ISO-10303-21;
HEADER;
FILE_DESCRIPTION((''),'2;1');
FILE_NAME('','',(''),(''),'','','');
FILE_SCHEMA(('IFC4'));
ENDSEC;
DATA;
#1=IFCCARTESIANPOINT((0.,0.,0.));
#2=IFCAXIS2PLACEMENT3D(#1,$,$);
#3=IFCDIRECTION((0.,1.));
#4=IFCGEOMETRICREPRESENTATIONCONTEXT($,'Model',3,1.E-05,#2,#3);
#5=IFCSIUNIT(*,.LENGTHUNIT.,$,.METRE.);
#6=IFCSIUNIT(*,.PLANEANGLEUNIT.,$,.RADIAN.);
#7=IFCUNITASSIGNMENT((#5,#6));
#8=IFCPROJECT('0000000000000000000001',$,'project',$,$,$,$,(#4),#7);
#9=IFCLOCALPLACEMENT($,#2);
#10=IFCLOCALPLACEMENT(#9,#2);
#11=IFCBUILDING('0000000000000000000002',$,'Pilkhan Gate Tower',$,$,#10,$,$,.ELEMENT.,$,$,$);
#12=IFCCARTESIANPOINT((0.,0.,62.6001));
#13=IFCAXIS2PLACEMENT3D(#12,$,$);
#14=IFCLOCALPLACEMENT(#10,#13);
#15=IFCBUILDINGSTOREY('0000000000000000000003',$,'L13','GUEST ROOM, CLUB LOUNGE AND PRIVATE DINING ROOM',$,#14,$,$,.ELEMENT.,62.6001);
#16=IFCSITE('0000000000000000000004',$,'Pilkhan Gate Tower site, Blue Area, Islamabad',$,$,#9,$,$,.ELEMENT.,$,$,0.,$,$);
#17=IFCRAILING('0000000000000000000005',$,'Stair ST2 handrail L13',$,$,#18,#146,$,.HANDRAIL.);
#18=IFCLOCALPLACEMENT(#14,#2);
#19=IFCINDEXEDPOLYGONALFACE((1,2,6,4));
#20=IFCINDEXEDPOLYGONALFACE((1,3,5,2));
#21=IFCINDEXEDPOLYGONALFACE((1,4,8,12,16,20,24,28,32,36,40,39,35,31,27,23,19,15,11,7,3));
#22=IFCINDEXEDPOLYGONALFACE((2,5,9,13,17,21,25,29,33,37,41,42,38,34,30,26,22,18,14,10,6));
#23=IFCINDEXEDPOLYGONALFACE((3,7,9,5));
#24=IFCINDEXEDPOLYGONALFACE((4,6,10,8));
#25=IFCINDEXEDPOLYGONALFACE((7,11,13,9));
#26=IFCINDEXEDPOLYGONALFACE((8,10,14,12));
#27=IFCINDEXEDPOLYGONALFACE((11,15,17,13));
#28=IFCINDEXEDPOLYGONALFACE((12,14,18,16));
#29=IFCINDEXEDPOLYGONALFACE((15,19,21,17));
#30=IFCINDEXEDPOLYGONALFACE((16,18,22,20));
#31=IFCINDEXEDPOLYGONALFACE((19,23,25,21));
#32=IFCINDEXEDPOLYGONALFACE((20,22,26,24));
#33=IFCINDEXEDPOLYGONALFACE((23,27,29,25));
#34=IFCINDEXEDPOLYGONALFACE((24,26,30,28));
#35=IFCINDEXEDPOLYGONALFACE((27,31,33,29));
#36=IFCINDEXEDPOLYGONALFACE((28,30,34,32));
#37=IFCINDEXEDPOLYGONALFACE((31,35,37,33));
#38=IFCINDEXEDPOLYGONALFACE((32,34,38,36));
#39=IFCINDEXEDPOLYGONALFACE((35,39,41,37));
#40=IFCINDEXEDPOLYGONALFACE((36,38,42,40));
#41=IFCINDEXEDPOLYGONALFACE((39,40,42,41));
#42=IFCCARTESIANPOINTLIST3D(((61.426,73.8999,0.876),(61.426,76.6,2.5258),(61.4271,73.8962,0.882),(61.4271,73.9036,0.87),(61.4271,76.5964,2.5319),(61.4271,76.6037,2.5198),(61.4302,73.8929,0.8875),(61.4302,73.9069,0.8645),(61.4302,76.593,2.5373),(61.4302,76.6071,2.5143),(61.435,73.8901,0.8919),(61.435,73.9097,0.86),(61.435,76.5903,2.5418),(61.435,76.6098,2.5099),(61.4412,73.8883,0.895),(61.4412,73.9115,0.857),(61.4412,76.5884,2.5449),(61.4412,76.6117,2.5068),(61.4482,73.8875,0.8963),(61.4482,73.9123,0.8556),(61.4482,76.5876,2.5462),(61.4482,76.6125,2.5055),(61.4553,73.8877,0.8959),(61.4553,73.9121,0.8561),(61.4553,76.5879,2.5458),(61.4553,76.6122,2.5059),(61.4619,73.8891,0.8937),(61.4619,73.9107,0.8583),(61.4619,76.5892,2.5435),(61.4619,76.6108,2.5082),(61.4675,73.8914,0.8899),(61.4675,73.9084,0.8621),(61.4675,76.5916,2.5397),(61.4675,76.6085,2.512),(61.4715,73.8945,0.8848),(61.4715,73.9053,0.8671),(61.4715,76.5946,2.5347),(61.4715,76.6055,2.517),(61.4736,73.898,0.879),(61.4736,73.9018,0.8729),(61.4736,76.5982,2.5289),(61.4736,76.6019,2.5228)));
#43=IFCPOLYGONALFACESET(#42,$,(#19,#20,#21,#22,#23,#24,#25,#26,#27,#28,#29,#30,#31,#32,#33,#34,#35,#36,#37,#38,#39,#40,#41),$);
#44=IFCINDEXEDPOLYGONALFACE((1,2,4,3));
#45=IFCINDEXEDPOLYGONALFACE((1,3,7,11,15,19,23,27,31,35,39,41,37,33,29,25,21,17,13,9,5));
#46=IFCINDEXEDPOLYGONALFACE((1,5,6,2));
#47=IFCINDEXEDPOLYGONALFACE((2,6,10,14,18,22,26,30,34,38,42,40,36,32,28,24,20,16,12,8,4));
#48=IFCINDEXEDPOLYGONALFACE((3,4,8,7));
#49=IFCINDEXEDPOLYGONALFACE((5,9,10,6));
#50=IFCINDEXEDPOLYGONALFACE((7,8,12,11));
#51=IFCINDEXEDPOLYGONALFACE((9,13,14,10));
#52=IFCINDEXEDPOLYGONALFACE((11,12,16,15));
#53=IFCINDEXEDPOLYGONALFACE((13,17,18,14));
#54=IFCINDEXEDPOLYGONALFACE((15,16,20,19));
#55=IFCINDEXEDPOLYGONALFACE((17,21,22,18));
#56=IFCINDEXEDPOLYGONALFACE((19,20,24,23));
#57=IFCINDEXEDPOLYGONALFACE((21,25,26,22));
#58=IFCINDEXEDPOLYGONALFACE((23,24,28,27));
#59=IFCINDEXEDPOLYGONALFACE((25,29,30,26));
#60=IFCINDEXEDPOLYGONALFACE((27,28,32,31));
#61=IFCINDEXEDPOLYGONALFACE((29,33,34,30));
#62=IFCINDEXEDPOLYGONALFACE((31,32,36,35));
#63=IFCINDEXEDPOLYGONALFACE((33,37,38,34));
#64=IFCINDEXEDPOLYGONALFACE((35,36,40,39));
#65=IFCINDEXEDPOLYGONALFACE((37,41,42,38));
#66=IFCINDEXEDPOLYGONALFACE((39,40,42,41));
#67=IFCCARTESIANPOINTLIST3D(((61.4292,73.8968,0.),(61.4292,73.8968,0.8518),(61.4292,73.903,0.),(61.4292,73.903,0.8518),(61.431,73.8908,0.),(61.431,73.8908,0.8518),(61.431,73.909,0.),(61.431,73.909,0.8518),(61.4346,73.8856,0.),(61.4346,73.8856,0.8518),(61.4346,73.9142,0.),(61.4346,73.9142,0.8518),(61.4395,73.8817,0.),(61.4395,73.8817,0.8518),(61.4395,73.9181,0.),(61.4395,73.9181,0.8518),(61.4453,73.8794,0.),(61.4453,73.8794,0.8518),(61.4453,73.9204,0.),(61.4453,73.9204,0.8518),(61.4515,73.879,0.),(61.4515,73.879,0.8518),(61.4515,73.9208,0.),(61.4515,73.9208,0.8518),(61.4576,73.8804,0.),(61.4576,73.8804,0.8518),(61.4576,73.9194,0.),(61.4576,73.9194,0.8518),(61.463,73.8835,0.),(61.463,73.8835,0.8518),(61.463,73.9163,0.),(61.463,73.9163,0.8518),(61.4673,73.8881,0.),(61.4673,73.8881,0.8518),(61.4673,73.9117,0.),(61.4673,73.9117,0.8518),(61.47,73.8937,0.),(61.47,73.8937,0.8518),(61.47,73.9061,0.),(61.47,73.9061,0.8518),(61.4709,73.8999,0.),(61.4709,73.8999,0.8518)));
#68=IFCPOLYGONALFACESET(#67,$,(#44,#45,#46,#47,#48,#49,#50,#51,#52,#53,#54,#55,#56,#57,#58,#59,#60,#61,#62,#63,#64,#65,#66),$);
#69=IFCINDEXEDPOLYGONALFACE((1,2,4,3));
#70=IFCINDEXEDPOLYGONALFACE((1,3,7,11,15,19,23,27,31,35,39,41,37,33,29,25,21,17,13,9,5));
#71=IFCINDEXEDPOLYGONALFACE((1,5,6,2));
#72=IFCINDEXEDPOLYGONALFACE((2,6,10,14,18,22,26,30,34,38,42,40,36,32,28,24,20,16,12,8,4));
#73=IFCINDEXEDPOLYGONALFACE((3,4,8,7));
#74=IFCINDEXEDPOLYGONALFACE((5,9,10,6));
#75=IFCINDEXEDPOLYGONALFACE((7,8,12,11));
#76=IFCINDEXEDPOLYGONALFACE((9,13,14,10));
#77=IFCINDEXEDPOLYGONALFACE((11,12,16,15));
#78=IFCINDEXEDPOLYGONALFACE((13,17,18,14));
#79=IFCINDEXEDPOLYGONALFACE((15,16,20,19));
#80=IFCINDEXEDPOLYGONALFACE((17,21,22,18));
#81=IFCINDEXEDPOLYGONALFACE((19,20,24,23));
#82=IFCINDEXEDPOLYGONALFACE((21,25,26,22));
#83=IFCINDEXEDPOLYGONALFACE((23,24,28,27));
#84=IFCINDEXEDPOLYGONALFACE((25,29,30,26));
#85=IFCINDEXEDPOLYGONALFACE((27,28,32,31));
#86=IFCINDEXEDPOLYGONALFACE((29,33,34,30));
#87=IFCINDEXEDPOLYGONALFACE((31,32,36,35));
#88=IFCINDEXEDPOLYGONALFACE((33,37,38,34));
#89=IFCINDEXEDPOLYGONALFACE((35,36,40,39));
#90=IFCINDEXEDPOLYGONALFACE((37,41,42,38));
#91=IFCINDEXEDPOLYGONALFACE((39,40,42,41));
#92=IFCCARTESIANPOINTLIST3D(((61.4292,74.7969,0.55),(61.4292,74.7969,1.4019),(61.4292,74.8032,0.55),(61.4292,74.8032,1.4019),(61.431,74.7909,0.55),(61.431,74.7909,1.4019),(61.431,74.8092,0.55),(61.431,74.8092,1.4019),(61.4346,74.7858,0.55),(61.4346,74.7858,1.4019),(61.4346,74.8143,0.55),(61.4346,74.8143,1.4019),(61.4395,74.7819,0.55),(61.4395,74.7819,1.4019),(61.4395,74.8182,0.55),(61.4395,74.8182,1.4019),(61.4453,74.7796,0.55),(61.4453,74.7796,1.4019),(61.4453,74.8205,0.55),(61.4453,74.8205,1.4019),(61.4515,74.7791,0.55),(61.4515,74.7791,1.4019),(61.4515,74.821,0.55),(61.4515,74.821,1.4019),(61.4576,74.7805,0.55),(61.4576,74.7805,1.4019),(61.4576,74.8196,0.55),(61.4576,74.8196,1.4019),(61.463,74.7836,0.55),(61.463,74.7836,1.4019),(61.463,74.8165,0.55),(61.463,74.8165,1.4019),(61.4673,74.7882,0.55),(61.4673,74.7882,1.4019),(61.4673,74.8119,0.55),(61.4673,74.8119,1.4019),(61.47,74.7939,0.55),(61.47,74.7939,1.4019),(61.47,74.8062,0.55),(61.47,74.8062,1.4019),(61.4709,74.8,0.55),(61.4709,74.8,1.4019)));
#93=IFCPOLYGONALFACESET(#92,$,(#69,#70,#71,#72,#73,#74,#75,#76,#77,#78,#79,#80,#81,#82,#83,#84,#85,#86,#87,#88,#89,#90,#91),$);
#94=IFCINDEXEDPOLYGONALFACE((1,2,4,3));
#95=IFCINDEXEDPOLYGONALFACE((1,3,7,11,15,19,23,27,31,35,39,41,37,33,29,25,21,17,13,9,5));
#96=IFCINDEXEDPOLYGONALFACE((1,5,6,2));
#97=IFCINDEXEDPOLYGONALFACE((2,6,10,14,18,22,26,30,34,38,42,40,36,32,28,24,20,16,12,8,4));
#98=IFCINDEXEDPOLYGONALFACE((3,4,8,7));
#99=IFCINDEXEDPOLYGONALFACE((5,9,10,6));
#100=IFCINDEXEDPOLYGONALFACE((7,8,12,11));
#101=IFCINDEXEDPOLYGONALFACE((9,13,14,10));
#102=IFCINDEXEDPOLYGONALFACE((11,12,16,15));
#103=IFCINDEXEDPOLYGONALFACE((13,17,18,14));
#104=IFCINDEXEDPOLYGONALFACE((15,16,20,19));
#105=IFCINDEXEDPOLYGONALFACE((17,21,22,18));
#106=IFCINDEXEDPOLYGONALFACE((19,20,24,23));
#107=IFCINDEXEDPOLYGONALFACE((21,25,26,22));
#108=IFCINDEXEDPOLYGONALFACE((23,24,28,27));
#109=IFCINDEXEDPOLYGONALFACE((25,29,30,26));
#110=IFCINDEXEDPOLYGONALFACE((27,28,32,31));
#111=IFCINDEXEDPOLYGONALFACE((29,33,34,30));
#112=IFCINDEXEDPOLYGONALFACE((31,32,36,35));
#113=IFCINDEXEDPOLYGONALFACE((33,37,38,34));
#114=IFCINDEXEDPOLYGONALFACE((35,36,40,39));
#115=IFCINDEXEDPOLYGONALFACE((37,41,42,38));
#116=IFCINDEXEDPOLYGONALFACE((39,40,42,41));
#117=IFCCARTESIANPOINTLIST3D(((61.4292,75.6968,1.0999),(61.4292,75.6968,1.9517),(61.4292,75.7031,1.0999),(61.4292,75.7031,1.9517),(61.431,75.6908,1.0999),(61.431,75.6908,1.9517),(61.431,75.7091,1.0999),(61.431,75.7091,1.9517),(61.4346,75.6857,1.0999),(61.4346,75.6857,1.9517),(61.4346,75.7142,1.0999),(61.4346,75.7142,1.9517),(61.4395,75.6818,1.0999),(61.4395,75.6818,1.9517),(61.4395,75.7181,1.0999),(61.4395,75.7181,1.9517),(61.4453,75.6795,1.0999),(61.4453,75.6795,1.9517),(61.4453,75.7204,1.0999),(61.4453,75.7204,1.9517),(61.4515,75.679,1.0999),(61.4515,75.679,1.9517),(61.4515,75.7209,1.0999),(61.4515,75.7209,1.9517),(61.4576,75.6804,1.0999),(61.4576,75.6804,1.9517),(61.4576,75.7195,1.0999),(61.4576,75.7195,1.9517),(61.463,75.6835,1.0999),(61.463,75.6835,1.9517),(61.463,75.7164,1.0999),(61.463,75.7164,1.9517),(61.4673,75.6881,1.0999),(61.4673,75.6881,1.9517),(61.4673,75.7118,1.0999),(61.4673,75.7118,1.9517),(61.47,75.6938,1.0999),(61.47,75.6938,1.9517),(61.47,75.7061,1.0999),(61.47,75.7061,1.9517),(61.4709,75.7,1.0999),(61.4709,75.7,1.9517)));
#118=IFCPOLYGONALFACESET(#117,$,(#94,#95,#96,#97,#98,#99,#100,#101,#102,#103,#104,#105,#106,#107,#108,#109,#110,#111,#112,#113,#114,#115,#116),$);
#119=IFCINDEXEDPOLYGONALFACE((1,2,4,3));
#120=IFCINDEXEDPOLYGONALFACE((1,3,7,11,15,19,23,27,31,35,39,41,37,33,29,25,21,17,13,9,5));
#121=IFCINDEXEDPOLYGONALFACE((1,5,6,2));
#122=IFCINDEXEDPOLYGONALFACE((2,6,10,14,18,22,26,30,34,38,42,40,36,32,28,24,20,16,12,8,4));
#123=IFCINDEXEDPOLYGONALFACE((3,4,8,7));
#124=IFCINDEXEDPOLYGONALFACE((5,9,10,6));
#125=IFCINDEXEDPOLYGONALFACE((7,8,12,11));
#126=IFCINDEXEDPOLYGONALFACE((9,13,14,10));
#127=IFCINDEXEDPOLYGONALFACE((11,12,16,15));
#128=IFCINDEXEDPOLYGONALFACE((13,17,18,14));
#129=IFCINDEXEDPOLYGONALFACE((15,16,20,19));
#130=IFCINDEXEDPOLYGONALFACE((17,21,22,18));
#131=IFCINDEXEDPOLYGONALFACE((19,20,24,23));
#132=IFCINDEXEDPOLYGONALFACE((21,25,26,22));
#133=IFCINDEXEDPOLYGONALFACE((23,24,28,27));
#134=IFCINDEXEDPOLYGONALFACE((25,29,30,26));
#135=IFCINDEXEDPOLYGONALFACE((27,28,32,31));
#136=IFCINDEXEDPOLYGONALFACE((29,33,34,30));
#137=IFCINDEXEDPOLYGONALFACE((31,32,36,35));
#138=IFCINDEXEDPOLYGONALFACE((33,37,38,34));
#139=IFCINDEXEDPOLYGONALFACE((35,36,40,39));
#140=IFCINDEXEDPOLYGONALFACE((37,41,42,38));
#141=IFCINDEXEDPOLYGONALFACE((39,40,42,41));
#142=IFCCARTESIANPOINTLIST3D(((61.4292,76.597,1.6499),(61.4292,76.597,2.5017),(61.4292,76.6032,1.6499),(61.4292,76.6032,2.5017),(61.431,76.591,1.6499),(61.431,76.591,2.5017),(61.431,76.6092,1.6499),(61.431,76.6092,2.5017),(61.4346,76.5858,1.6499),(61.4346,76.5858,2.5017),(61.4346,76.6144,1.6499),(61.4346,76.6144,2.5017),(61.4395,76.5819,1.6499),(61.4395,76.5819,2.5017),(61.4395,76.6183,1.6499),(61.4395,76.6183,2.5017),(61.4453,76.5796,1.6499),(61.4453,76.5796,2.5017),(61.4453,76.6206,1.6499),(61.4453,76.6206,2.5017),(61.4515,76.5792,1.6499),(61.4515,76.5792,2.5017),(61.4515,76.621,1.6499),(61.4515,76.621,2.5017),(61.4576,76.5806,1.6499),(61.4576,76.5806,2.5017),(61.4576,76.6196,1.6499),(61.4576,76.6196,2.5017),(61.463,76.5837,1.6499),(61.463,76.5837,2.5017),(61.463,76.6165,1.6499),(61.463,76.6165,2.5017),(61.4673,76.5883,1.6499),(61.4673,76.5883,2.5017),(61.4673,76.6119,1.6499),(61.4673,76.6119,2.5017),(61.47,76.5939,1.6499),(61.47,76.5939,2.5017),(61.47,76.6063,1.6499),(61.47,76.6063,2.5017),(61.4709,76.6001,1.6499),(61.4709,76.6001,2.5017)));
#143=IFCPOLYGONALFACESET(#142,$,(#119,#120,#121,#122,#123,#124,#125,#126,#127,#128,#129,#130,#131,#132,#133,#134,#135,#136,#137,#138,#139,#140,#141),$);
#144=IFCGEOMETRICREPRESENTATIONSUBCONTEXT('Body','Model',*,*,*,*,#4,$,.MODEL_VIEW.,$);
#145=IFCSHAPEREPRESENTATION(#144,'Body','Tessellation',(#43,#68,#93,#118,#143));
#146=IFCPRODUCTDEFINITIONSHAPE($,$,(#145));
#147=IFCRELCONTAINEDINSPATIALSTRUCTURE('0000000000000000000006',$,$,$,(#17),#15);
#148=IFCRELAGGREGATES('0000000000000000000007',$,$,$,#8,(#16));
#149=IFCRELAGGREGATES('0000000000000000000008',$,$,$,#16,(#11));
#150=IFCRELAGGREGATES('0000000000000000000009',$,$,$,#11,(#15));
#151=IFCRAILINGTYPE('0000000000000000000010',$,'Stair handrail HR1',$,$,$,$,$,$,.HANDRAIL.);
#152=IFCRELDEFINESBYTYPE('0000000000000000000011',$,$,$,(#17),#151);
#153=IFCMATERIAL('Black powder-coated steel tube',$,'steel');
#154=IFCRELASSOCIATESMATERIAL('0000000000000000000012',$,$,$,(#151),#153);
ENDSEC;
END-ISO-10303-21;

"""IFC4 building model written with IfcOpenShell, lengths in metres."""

from ifc_helpers import new_model, si_unit, direction, frame, origin, origin_2d, place, context, subcontext, project, spatial, circle, extrude, material, type_object, element, save


model = new_model("IFC4")

# Units and contexts
model_context = context("Model", 3, precision=1e-05, world=origin(), true_north=direction((0.0, 1.0)))
body_context = subcontext(model_context, "Body", "Model", "MODEL_VIEW")
ifc_project = project(units=[si_unit("LENGTHUNIT", "METRE"), si_unit("PLANEANGLEUNIT", "RADIAN")], contexts=[model_context])

# Site, building, storey
site_placement = place(None, origin())
site = spatial("IfcSite", under=ifc_project, at=site_placement, Name="Pilkhan Gate Tower site, Blue Area, Islamabad", CompositionType="ELEMENT", RefElevation=0.0)
building_placement = place(site_placement, origin())
building = spatial("IfcBuilding", under=site, at=building_placement, Name="Pilkhan Gate Tower", CompositionType="ELEMENT")
storey_placement = place(building_placement, frame((0.0, 0.0, 62.6001)))
storey = spatial("IfcBuildingStorey", under=building, at=storey_placement, Name="L13", Description="GUEST ROOM, CLUB LOUNGE AND PRIVATE DINING ROOM", CompositionType="ELEMENT", Elevation=62.6001)

# Railing
ifc_material_1 = material(Name="Black powder-coated steel tube", Category="steel")
railing_type_1 = type_object("IfcRailingType", Name="Stair handrail HR1", PredefinedType="HANDRAIL", material=ifc_material_1)
railing_1_placement = place(storey_placement, frame((61.45, 73.8999, 0.0)))
element("IfcRailing", 1, at=railing_1_placement, inside=storey, type_object=railing_type_1, Name="Stair ST2 handrail L13", PredefinedType="HANDRAIL", context=body_context, shape_type="SweptSolid", body=[
    extrude(circle(Radius=0.0239, at=origin_2d()), frame((0.0, 0.0, 0.876), z_axis=(0.0, 0.853312, 0.5214), x_axis=(-1.0, 0.0, 0.0)), (0.0, 0.0, 1.0), 3.1643),
    extrude(circle(Radius=0.021, at=origin_2d()), origin(), (0.0, 0.0, 1.0), 0.8518),
    extrude(circle(Radius=0.021, at=origin_2d()), frame((0.0, 0.9001, 0.55)), (0.0, 0.0, 1.0), 0.8518),
    extrude(circle(Radius=0.021, at=origin_2d()), frame((0.0, 1.8, 1.0999)), (0.0, 0.0, 1.0), 0.8518),
    extrude(circle(Radius=0.021, at=origin_2d()), frame((0.0, 2.7002, 1.6499)), (0.0, 0.0, 1.0), 0.8518),
])

save(model, "model.ifc")
